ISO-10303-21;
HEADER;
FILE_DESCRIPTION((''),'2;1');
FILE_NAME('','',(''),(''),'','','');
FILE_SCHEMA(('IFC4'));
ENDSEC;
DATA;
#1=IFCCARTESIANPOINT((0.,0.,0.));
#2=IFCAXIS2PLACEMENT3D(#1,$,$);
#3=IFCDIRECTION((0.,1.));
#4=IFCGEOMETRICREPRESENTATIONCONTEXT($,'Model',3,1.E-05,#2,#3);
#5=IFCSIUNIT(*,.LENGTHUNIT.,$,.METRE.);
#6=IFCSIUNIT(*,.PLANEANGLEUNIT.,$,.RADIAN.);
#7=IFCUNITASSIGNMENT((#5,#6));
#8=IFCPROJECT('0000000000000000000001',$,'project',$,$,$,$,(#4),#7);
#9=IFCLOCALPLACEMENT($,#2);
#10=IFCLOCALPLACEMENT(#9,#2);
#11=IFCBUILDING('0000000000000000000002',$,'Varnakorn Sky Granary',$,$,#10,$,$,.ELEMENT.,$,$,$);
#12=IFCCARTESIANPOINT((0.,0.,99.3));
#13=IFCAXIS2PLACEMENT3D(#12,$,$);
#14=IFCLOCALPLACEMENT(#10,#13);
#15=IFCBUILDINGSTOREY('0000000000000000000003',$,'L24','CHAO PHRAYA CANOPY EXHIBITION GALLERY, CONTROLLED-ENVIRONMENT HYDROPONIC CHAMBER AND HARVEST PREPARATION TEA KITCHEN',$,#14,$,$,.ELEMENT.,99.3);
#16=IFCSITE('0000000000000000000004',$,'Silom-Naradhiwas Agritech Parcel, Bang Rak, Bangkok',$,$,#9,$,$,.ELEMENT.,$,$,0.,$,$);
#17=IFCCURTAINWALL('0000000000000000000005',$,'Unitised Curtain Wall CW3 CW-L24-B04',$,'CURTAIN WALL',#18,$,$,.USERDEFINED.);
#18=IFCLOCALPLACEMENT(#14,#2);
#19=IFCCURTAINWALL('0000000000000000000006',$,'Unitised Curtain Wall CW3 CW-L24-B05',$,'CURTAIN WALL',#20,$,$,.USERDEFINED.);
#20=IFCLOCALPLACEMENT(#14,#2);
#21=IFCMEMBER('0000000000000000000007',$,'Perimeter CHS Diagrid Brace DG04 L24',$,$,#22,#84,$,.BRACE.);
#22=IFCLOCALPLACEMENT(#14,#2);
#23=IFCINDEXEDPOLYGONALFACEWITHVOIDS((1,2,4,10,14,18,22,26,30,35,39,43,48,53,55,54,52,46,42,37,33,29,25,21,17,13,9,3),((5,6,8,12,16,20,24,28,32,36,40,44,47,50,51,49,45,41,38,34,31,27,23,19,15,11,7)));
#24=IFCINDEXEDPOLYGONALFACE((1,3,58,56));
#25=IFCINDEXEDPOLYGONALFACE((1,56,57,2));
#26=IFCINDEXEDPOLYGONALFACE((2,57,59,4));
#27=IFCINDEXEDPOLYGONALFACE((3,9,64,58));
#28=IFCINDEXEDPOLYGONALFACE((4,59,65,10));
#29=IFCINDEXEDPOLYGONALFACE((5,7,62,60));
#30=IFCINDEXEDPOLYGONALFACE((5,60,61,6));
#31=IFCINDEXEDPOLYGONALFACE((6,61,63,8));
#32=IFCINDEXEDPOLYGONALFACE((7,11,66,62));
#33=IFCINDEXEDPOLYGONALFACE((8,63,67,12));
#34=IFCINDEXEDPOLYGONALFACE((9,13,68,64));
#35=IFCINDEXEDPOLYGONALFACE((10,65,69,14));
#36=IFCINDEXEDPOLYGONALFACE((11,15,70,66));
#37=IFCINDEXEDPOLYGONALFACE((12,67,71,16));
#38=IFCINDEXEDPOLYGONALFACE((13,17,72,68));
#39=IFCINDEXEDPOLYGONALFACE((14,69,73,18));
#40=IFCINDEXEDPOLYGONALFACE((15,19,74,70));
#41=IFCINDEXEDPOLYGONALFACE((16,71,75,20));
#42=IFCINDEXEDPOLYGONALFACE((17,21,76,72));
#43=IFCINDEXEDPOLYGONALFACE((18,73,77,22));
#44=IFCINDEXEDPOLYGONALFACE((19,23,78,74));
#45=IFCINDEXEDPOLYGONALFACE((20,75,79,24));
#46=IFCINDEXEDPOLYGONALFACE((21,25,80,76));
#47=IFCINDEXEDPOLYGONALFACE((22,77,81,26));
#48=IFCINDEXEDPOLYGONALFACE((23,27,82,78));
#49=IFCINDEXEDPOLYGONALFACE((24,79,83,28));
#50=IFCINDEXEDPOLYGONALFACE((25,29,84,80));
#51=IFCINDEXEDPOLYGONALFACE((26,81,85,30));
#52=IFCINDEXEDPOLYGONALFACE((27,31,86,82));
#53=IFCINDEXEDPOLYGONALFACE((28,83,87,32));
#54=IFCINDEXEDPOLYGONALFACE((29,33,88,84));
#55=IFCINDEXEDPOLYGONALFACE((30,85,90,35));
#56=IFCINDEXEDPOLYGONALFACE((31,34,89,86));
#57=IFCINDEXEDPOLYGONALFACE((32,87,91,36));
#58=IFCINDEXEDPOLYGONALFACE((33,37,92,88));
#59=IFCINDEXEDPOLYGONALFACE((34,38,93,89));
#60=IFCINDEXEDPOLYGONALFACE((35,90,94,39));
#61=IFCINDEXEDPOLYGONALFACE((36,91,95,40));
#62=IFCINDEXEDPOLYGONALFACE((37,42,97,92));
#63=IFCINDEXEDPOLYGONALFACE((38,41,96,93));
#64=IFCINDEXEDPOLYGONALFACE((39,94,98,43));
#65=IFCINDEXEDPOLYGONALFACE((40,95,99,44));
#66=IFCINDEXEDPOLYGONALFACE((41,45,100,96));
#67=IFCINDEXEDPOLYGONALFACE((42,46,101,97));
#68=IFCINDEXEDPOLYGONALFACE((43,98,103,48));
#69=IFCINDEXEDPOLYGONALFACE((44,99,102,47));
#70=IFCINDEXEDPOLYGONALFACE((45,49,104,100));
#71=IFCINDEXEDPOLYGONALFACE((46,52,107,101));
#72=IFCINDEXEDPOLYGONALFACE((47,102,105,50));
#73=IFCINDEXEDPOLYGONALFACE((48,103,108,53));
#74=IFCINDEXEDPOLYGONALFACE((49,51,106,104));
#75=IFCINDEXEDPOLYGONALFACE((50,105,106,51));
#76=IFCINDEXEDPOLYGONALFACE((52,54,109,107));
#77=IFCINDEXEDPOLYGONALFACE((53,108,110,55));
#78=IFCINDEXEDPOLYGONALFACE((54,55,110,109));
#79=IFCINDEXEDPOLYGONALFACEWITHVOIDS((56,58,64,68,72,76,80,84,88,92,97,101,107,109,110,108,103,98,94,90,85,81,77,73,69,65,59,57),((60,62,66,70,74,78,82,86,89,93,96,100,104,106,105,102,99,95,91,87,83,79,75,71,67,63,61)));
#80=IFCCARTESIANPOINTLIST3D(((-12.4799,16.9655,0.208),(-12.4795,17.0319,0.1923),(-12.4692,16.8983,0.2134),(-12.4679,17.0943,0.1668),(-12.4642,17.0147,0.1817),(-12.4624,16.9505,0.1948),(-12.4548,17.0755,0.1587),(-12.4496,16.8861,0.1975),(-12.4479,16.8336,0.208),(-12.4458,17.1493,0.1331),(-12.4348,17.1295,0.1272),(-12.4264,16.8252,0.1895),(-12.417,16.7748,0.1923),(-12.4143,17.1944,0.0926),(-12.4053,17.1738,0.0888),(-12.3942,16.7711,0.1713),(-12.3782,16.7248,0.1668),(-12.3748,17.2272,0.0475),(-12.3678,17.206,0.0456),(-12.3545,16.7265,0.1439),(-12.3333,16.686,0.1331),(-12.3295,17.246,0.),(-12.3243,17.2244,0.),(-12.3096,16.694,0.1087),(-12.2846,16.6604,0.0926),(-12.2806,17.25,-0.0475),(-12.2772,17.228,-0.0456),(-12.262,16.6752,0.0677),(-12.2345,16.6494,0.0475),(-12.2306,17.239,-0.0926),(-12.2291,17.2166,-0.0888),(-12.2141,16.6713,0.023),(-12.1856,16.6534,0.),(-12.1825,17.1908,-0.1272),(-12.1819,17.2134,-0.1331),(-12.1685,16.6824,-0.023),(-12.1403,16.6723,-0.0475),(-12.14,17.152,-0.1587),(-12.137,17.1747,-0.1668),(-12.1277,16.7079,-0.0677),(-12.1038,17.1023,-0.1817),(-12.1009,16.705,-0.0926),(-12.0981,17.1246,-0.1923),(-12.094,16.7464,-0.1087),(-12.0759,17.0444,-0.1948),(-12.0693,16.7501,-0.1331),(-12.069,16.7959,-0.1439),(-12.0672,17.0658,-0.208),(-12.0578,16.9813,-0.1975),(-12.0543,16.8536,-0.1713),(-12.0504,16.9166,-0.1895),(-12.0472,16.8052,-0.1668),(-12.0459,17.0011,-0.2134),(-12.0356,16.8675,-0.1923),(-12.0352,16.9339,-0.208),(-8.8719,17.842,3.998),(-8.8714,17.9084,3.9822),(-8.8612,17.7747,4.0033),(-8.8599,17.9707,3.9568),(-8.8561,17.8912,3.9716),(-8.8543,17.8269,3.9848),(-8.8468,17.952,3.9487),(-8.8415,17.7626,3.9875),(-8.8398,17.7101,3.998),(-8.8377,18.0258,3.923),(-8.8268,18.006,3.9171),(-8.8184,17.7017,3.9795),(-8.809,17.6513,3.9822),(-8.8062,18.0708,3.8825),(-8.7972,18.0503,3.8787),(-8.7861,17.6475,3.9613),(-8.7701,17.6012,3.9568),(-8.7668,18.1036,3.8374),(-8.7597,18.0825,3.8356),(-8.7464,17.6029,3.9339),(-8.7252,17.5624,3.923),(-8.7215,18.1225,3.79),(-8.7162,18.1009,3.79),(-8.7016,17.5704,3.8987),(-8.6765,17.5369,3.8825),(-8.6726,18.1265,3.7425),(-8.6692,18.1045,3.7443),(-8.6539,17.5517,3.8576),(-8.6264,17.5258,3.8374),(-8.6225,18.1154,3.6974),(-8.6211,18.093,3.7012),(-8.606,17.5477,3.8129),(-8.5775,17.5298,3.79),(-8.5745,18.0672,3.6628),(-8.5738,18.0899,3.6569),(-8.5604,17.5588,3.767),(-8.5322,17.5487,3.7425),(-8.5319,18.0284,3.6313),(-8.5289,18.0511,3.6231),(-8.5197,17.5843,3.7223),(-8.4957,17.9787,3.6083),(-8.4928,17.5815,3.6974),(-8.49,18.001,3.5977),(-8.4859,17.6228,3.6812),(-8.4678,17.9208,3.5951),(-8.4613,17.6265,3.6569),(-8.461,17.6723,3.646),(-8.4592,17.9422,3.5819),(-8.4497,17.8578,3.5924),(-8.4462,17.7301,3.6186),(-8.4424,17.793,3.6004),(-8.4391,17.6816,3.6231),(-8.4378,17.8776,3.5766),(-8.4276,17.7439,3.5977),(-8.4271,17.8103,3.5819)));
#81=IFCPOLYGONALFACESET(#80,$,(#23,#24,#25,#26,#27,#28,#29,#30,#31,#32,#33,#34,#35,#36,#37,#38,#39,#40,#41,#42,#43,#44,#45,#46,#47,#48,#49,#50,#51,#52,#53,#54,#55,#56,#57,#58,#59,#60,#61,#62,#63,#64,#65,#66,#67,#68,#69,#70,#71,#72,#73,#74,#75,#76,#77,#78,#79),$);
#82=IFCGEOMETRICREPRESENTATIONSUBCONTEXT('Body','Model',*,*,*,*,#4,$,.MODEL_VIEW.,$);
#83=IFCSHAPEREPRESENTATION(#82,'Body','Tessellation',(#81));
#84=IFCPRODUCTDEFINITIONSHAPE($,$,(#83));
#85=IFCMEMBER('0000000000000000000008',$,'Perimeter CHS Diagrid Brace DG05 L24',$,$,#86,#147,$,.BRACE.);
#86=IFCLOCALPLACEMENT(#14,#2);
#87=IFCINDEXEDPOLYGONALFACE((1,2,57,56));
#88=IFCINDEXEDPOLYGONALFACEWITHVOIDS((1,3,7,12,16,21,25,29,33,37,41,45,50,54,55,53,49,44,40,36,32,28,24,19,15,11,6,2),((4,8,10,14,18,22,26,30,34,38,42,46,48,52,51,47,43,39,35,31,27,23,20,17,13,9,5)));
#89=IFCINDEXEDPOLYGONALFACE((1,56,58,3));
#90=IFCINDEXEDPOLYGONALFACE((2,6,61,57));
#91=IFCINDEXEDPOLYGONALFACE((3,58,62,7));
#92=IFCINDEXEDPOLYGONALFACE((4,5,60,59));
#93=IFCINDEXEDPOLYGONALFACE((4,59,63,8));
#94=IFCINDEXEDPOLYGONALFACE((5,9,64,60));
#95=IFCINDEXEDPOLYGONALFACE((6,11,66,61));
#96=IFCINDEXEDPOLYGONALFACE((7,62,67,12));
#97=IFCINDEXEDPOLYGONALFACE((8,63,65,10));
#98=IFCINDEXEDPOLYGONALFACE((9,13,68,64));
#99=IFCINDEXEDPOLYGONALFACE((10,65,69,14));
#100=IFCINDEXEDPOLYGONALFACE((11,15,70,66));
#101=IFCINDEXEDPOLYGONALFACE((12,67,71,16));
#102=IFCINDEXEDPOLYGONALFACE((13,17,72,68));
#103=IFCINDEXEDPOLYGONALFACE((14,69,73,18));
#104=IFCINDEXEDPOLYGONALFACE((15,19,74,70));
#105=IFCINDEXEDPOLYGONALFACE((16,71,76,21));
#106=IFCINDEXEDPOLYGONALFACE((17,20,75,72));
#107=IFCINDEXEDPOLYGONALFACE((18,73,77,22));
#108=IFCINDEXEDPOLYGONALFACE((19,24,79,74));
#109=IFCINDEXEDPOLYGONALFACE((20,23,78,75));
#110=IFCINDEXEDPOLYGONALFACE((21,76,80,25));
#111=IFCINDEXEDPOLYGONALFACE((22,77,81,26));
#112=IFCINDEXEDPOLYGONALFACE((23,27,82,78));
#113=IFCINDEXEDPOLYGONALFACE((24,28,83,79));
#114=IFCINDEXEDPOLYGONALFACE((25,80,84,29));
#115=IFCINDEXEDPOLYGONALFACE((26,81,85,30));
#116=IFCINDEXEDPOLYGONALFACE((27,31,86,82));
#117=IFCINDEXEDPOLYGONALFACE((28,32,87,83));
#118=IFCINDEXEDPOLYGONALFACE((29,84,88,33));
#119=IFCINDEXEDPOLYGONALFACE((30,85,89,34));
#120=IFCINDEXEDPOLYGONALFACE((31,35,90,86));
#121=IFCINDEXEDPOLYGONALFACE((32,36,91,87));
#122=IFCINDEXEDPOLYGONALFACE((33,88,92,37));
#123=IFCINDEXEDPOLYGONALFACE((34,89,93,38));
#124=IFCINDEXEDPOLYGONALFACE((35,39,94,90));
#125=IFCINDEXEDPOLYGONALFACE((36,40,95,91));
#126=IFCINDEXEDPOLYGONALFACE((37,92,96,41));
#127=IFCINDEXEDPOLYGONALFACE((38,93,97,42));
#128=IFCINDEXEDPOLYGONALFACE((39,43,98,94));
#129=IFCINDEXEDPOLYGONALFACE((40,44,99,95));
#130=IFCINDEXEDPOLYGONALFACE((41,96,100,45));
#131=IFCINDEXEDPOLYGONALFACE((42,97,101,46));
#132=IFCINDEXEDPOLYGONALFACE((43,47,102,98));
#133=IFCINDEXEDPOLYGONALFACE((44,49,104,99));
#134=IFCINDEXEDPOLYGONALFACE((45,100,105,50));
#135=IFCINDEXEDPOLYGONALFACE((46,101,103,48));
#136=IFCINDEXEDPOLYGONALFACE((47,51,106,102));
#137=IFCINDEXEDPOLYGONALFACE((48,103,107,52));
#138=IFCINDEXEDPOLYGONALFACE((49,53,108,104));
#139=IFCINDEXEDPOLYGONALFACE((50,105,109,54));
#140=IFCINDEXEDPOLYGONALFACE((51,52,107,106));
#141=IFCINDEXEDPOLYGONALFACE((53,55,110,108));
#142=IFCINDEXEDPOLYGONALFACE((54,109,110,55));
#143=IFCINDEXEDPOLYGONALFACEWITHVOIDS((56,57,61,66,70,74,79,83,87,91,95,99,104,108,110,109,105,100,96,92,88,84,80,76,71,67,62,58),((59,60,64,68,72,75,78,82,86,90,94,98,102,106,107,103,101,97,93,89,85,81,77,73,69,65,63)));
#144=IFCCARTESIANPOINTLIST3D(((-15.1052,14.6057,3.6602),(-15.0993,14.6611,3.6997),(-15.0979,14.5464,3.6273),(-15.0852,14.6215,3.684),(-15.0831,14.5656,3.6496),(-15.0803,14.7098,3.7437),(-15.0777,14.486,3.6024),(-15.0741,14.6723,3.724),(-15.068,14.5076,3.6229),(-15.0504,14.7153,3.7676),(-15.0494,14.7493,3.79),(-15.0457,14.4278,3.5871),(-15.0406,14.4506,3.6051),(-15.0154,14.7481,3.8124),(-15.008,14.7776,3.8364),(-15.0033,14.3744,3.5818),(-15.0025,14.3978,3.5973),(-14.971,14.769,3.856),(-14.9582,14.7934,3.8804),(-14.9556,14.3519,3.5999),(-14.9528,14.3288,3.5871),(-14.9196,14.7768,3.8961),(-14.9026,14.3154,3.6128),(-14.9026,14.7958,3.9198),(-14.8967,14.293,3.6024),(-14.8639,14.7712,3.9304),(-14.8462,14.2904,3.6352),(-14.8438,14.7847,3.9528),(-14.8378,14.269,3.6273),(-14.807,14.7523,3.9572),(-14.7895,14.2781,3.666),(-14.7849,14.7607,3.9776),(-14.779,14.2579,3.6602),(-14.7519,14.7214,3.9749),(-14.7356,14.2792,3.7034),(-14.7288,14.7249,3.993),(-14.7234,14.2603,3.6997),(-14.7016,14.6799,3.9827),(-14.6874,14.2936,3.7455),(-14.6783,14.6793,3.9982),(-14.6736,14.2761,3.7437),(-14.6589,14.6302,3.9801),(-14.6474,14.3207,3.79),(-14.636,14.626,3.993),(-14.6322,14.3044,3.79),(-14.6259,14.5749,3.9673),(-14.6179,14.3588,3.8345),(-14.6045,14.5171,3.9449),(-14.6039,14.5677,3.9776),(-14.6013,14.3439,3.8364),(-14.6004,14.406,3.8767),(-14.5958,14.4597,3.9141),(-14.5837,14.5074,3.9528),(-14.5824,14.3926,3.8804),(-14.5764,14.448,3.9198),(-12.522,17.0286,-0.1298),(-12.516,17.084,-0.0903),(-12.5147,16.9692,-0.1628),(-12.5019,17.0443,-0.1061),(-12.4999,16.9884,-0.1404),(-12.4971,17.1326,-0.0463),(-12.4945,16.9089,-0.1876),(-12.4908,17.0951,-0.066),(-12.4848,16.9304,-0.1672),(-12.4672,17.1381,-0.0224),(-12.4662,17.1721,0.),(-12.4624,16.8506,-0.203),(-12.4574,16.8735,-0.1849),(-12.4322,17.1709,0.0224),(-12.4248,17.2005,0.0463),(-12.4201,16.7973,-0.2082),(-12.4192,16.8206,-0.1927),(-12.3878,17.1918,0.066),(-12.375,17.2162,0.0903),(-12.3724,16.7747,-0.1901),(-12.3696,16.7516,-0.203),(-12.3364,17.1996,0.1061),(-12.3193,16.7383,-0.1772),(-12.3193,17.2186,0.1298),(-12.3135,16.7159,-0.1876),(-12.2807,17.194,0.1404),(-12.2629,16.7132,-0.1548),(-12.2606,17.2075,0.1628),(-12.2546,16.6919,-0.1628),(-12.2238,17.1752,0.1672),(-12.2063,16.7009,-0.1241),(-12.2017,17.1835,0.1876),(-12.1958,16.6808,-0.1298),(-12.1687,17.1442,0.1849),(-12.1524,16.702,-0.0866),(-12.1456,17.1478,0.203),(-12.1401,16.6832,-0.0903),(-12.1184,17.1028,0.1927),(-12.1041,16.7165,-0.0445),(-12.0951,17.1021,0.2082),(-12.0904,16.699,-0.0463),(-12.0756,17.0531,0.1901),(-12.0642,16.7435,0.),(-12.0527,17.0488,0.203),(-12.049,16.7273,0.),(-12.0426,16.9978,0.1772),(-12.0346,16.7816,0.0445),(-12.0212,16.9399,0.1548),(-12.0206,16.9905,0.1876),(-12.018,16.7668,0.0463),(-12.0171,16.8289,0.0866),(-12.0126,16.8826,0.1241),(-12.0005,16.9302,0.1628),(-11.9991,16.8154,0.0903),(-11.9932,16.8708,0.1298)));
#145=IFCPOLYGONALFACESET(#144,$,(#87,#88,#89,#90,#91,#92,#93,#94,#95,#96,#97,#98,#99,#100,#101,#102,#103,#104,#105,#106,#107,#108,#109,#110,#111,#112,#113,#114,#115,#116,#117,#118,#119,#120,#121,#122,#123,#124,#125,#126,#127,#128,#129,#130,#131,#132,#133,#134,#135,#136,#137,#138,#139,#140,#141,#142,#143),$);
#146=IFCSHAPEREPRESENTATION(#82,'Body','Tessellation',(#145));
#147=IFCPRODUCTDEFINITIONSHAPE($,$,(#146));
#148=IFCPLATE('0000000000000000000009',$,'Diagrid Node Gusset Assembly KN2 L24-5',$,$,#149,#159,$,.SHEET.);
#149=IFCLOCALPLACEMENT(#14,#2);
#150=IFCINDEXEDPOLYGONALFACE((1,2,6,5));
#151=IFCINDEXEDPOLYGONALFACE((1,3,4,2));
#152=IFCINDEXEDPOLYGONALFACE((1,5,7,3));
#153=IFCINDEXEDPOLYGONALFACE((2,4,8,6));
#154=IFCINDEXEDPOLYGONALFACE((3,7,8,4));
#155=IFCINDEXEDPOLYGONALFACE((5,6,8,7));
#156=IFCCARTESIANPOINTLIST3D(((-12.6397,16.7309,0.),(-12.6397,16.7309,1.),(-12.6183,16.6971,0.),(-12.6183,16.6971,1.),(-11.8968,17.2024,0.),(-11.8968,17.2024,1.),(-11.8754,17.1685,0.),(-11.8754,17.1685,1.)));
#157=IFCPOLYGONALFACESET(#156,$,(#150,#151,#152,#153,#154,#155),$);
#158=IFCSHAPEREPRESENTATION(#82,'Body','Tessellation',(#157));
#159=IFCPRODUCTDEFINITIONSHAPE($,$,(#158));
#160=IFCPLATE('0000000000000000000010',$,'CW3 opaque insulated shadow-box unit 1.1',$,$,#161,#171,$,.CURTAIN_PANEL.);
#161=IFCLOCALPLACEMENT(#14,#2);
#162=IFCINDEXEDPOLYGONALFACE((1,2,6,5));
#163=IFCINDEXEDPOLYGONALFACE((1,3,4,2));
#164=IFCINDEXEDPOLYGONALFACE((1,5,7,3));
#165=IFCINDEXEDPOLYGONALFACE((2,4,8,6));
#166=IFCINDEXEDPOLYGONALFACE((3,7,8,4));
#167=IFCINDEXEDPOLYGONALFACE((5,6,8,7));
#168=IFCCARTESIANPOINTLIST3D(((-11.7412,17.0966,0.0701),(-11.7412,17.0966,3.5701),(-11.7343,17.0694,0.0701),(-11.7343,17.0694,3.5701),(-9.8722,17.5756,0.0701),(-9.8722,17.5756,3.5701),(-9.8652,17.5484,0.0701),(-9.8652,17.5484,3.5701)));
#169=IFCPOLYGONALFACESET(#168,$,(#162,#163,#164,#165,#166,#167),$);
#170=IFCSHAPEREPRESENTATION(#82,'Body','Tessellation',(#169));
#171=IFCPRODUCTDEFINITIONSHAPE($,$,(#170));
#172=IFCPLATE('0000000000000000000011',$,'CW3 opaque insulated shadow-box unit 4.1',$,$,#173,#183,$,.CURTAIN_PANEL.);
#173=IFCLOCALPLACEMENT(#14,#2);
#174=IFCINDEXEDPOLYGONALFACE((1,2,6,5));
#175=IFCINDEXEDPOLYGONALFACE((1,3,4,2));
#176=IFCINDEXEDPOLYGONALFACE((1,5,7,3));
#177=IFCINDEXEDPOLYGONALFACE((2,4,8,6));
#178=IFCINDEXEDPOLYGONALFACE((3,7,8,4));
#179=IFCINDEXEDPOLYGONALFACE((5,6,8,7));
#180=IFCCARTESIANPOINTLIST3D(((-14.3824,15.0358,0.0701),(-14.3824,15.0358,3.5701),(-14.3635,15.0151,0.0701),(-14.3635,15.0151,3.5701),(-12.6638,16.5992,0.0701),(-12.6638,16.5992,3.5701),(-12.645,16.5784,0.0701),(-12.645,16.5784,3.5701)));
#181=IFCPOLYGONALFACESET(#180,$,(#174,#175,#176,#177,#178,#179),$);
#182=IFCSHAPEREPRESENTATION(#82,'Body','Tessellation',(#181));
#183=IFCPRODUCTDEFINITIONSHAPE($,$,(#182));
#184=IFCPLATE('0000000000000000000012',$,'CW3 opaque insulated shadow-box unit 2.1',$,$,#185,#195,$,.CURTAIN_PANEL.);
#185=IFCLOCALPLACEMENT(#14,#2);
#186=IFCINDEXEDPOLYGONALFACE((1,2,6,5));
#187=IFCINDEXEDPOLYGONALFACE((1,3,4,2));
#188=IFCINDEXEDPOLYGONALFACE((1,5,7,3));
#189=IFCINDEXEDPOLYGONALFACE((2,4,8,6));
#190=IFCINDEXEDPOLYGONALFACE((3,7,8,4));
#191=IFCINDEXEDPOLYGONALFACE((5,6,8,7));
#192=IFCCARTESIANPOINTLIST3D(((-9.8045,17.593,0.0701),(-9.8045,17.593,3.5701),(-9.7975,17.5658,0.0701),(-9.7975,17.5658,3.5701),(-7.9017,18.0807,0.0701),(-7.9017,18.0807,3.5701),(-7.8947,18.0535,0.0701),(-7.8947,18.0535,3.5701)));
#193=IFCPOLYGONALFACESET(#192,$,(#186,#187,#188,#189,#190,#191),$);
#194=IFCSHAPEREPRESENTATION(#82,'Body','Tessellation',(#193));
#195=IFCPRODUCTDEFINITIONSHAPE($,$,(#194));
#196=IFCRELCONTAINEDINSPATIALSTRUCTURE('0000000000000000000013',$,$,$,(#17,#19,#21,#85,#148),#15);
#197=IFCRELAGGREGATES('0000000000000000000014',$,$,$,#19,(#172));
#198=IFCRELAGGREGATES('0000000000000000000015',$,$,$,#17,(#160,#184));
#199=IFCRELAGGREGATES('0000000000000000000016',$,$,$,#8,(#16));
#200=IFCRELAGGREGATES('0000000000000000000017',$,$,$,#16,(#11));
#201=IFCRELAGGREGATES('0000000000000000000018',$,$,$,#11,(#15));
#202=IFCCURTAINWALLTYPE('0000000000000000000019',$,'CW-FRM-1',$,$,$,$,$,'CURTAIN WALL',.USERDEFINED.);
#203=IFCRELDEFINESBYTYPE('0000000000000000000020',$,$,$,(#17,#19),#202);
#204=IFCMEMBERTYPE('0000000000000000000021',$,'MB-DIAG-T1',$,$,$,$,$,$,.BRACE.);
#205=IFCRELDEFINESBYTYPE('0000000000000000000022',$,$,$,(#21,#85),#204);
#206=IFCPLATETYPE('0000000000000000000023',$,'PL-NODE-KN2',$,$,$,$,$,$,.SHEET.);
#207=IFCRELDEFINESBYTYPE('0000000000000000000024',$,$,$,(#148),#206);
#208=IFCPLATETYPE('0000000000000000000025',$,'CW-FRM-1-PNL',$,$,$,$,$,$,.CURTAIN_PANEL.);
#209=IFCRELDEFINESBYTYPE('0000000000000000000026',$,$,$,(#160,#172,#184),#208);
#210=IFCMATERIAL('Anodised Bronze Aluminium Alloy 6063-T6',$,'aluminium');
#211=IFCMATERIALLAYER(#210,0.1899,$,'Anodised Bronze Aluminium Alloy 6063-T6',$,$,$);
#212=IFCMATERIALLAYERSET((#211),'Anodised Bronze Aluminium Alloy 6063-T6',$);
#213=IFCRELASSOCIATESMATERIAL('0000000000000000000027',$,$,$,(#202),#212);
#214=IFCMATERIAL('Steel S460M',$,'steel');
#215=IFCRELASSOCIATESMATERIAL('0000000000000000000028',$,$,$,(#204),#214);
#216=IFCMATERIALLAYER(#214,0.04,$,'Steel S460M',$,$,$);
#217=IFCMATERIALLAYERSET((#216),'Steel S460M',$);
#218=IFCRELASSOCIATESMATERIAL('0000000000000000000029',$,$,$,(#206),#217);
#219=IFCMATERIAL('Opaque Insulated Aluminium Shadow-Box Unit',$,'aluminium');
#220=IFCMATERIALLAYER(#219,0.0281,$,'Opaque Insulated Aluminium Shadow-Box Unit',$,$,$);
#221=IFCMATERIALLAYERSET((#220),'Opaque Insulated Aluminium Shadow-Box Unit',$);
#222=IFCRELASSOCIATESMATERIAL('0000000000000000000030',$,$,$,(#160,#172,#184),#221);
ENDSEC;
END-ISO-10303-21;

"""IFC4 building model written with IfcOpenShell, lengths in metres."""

from ifc_helpers import new_model, si_unit, direction, frame, origin, origin_2d, place, context, subcontext, project, spatial, rectangle, hollow_circle, extrude, source, transform, mapped, material, layer, layer_set, material_profile, profile_set, type_object, type_shapes, element, aggregate, save


model = new_model("IFC4")

# Units and contexts
model_context = context("Model", 3, precision=1e-05, world=origin(), true_north=direction((0.0, 1.0)))
body_context = subcontext(model_context, "Body", "Model", "MODEL_VIEW")
ifc_project = project(units=[si_unit("LENGTHUNIT", "METRE"), si_unit("PLANEANGLEUNIT", "RADIAN")], contexts=[model_context])

# Site, building, storey
site_placement = place(None, origin())
site = spatial("IfcSite", under=ifc_project, at=site_placement, Name="Silom-Naradhiwas Agritech Parcel, Bang Rak, Bangkok", CompositionType="ELEMENT", RefElevation=0.0)
building_placement = place(site_placement, origin())
building = spatial("IfcBuilding", under=site, at=building_placement, Name="Varnakorn Sky Granary", CompositionType="ELEMENT")
storey_placement = place(building_placement, frame((0.0, 0.0, 99.3)))
storey = spatial("IfcBuildingStorey", under=building, at=storey_placement, Name="L24", Description="CHAO PHRAYA CANOPY EXHIBITION GALLERY, CONTROLLED-ENVIRONMENT HYDROPONIC CHAMBER AND HARVEST PREPARATION TEA KITCHEN", CompositionType="ELEMENT", Elevation=99.3)

# Shared definitions
ifc_material_1 = material(Name="Steel S460M", Category="steel")

# Curtain wall
ifc_material_2 = material(Name="Anodised Bronze Aluminium Alloy 6063-T6", Category="aluminium")
ifc_layer_1 = layer(ifc_material_2, 0.1899, Name="Anodised Bronze Aluminium Alloy 6063-T6")
ifc_layer_set_1 = layer_set([ifc_layer_1], Name="Anodised Bronze Aluminium Alloy 6063-T6")
curtain_wall_type = type_object("IfcCurtainWallType", Name="CW-FRM-1", ElementType="CURTAIN WALL", PredefinedType="USERDEFINED", material=ifc_layer_set_1)
curtain_wall_1_placement = place(storey_placement, origin())
curtain_wall_1 = element("IfcCurtainWall", 1, at=curtain_wall_1_placement, inside=storey, type_object=curtain_wall_type, Name="Unitised Curtain Wall CW3 CW-L24-B04", ObjectType="CURTAIN WALL", PredefinedType="USERDEFINED")

# Curtain wall
curtain_wall_2_placement = place(storey_placement, origin())
curtain_wall_2 = element("IfcCurtainWall", 2, at=curtain_wall_2_placement, inside=storey, type_object=curtain_wall_type, Name="Unitised Curtain Wall CW3 CW-L24-B05", ObjectType="CURTAIN WALL", PredefinedType="USERDEFINED")

# Members
ifc_material_profile_1 = material_profile(ifc_material_1, hollow_circle(Radius=0.3049, WallThickness=0.0222, at=origin_2d()), Name="CHS 610x22")
ifc_profile_set_1 = profile_set([ifc_material_profile_1], Name="Steel S460M")
member_type_1 = type_object("IfcMemberType", Name="MB-DIAG-T1", PredefinedType="BRACE", material=ifc_profile_set_1)
member_1_placement = place(storey_placement, frame((-12.2576, 16.9497, 0.0), z_axis=(0.680041, 0.16519, 0.714322), x_axis=(-0.236048, 0.971741, 0.0)))
element("IfcMember", 3, at=member_1_placement, inside=storey, type_object=member_type_1, Name="Perimeter CHS Diagrid Brace DG04 L24", PredefinedType="BRACE", context=body_context, shape_type="SweptSolid", body=[
    extrude(hollow_circle(Radius=0.3049, WallThickness=0.0222, at=origin_2d()), origin(), (0.0, 0.0, 1.0), 5.3057),
])
member_2_placement = place(storey_placement, frame((-12.2576, 16.9497, 0.0), z_axis=(-0.497998, -0.467076, 0.730642), x_axis=(0.684099, -0.729389, 0.0)))
element("IfcMember", 4, at=member_2_placement, inside=storey, type_object=member_type_1, Name="Perimeter CHS Diagrid Brace DG05 L24", PredefinedType="BRACE", context=body_context, shape_type="SweptSolid", body=[
    extrude(hollow_circle(Radius=0.3049, WallThickness=0.0222, at=origin_2d()), origin(), (0.0, 0.0, 1.0), 5.1873),
])

# Plates
ifc_layer_2 = layer(ifc_material_1, 0.04, Name="Steel S460M")
ifc_layer_set_2 = layer_set([ifc_layer_2], Name="Steel S460M")
plate_type_1 = type_object("IfcPlateType", Name="PL-NODE-KN2", PredefinedType="SHEET", material=ifc_layer_set_2)
plate_1_placement = place(storey_placement, frame((-12.2576, 16.9497, 0.0), z_axis=(0.0, 0.0, 1.0), x_axis=(-0.844309, -0.535856, 0.0)))
element("IfcPlate", 5, at=plate_1_placement, inside=storey, type_object=plate_type_1, Name="Diagrid Node Gusset Assembly KN2 L24-5", PredefinedType="SHEET", context=body_context, shape_type="SweptSolid", body=[
    extrude(rectangle(XDim=0.8799, YDim=0.04, at=origin_2d()), origin(), (0.0, 0.0, 1.0), 1.0),
])
ifc_material_3 = material(Name="Opaque Insulated Aluminium Shadow-Box Unit", Category="aluminium")
ifc_layer_3 = layer(ifc_material_3, 0.0281, Name="Opaque Insulated Aluminium Shadow-Box Unit")
ifc_layer_set_3 = layer_set([ifc_layer_3], Name="Opaque Insulated Aluminium Shadow-Box Unit")
plate_type_2 = type_object("IfcPlateType", Name="CW-FRM-1-PNL", PredefinedType="CURTAIN_PANEL")
shared_shape_1 = source(origin(), body_context, "Body", "SweptSolid", [
    extrude(rectangle(XDim=1.9294, YDim=0.0281, at=origin_2d()), origin(), (0.0, 0.0, 1.0), 3.5),
])
plate_2_placement = place(storey_placement, frame((-10.8032, 17.3225, 0.0701), z_axis=(0.0, 0.0, 1.0), x_axis=(0.968687, 0.248284, 0.0)))
plate_2 = element("IfcPlate", 6, at=plate_2_placement, type_object=plate_type_2, material=ifc_layer_set_3, Name="CW3 opaque insulated shadow-box unit 1.1", PredefinedType="CURTAIN_PANEL", context=body_context, shape_type="MappedRepresentation", body=[
    mapped(shared_shape_1, transform((0.0, 0.0, 0.0), x_axis=(1.0, 0.0, 0.0), y_axis=(0.0, 1.0, 0.0), z_axis=(0.0, 0.0, 1.0), scale=1.0)),
])
shared_shape_2 = source(origin(), body_context, "Body", "SweptSolid", [
    extrude(rectangle(XDim=2.3232, YDim=0.0281, at=origin_2d()), origin(), (0.0, 0.0, 1.0), 3.5),
])
plate_3_placement = place(storey_placement, frame((-13.5137, 15.8071, 0.0701), z_axis=(0.0, 0.0, 1.0), x_axis=(0.739716, 0.672919, 0.0)))
plate_3 = element("IfcPlate", 7, at=plate_3_placement, type_object=plate_type_2, material=ifc_layer_set_3, Name="CW3 opaque insulated shadow-box unit 4.1", PredefinedType="CURTAIN_PANEL", context=body_context, shape_type="MappedRepresentation", body=[
    mapped(shared_shape_2, transform((0.0, 0.0, 0.0), x_axis=(1.0, 0.0, 0.0), y_axis=(0.0, 1.0, 0.0), z_axis=(0.0, 0.0, 1.0), scale=1.0)),
])
aggregate(curtain_wall_2, [plate_3])
shared_shape_3 = source(origin(), body_context, "Body", "SweptSolid", [
    extrude(rectangle(XDim=1.9644, YDim=0.0281, at=origin_2d()), origin(), (0.0, 0.0, 1.0), 3.5),
])
type_shapes(plate_type_2, [shared_shape_1, shared_shape_2, shared_shape_3])
plate_4_placement = place(storey_placement, frame((-8.8496, 17.8232, 0.0701), z_axis=(0.0, 0.0, 1.0), x_axis=(0.968687, 0.248284, 0.0)))
plate_4 = element("IfcPlate", 8, at=plate_4_placement, type_object=plate_type_2, material=ifc_layer_set_3, Name="CW3 opaque insulated shadow-box unit 2.1", PredefinedType="CURTAIN_PANEL", context=body_context, shape_type="MappedRepresentation", body=[
    mapped(shared_shape_3, transform((0.0, 0.0, 0.0), x_axis=(1.0, 0.0, 0.0), y_axis=(0.0, 1.0, 0.0), z_axis=(0.0, 0.0, 1.0), scale=1.0)),
])
aggregate(curtain_wall_1, [plate_2, plate_4])

save(model, "model.ifc")
